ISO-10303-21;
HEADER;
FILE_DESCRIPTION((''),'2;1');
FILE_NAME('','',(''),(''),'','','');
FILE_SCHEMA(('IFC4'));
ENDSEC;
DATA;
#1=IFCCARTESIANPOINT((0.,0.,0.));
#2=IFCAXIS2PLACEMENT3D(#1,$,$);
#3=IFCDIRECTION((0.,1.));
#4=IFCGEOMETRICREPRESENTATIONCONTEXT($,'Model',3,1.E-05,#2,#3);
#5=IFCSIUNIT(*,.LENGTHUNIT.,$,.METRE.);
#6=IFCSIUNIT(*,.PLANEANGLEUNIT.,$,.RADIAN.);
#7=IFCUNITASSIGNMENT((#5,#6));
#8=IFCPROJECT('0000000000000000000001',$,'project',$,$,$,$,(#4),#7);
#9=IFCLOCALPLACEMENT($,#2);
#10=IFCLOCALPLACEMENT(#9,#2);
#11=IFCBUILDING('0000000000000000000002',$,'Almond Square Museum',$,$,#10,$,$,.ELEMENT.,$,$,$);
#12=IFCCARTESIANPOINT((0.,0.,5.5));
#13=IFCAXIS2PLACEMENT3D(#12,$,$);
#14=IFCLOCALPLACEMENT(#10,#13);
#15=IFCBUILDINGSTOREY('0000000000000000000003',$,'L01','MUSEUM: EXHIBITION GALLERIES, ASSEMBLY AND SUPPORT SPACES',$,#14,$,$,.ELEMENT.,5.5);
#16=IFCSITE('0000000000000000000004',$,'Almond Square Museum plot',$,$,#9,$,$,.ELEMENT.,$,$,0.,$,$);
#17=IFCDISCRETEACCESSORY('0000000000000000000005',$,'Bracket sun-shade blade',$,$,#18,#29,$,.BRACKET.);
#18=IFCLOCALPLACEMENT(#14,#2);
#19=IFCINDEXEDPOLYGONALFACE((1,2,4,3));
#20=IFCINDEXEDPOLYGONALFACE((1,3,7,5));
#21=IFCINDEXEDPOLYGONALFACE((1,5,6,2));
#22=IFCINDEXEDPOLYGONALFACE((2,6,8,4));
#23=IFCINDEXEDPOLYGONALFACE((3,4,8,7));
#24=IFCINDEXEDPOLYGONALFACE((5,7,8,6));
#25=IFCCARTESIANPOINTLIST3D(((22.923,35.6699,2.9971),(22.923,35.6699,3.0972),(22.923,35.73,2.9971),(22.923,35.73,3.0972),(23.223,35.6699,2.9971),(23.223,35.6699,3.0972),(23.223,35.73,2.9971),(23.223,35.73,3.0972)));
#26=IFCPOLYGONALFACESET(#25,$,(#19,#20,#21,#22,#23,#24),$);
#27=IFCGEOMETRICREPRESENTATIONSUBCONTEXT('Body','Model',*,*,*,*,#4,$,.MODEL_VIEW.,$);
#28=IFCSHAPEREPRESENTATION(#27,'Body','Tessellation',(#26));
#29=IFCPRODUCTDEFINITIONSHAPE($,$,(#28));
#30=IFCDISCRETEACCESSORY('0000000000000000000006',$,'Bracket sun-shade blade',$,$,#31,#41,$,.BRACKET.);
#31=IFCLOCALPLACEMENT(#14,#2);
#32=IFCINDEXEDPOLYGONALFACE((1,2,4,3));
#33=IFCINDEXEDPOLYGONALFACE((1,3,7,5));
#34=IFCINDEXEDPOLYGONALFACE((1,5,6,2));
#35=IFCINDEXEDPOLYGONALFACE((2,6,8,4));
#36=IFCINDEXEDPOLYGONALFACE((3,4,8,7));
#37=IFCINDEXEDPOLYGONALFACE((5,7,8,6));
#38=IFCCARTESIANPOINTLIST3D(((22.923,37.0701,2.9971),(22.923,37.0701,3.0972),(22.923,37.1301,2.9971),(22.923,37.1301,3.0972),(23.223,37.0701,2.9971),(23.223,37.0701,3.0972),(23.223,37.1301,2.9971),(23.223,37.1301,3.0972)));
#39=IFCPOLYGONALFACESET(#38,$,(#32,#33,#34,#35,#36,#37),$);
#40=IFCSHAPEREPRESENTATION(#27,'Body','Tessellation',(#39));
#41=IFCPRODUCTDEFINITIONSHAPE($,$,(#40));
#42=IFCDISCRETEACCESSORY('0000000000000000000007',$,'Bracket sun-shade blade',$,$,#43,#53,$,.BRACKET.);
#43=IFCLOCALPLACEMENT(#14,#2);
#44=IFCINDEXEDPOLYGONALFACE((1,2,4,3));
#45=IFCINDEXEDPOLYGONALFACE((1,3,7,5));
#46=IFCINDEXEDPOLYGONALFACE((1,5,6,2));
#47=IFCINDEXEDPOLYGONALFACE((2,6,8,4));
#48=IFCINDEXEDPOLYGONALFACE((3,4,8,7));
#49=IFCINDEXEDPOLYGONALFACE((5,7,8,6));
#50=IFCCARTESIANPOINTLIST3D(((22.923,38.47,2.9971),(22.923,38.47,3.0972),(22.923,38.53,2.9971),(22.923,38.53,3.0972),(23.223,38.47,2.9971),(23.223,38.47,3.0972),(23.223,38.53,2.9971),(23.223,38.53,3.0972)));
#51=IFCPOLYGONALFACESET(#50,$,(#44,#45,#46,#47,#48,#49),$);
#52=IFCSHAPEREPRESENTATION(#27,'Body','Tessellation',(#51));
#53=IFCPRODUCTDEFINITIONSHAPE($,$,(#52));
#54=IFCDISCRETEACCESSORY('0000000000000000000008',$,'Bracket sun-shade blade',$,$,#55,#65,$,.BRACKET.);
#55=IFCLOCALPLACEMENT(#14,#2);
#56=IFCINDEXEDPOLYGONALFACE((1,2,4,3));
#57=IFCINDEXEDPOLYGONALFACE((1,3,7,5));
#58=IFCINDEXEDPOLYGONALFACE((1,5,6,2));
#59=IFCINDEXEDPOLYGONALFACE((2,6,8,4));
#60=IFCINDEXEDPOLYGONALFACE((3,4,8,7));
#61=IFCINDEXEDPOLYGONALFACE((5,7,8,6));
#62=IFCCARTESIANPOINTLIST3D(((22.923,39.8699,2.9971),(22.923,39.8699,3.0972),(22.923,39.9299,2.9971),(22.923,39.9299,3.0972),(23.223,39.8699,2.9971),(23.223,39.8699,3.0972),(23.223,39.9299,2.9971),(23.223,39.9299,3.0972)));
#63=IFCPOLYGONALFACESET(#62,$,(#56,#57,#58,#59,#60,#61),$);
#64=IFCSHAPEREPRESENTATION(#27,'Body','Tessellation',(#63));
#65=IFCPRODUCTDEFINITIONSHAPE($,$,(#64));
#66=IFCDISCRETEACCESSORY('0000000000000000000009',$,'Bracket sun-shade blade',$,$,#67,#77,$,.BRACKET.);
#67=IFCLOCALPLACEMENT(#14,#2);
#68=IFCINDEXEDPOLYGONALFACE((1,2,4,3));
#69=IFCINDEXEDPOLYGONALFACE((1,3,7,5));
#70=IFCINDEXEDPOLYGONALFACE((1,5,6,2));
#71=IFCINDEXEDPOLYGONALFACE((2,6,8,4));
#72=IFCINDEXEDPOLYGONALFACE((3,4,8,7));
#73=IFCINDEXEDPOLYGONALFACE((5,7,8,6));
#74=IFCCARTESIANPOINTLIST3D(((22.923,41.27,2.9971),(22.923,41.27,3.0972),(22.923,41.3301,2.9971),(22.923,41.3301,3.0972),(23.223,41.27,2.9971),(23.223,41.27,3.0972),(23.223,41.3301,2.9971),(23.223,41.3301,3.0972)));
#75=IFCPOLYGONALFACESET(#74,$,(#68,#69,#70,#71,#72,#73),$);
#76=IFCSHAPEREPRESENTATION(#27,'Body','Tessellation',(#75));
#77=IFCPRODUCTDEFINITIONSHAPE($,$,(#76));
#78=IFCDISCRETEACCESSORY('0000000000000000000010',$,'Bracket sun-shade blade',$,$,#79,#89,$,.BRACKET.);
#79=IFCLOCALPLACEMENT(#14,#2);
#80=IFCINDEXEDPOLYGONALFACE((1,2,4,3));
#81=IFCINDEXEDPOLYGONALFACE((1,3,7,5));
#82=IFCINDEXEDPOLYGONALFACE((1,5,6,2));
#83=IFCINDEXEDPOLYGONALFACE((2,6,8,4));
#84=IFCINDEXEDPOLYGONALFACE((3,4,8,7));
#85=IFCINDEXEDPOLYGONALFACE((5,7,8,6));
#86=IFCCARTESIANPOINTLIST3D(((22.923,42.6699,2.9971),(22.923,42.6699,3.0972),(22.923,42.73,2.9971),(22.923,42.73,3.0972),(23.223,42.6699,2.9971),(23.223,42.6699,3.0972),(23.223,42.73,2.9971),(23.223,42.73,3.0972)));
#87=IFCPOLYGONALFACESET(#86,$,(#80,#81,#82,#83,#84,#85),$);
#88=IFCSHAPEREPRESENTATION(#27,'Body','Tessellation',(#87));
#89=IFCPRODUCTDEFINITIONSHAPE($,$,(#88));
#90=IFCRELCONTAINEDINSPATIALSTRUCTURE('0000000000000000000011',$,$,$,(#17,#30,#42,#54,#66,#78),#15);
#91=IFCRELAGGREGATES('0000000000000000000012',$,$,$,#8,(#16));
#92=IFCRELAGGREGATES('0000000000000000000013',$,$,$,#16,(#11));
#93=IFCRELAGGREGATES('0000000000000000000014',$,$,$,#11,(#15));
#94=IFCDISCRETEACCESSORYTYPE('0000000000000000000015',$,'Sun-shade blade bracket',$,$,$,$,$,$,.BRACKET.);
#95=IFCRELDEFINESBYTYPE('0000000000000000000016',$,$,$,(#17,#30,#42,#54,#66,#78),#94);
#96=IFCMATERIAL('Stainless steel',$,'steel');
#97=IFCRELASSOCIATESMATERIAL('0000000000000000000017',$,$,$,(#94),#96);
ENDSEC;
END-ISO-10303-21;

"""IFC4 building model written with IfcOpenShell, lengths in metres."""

from ifc_helpers import new_model, si_unit, direction, frame, origin, origin_2d, place, context, subcontext, project, spatial, rectangle, extrude, material, type_object, element, save


model = new_model("IFC4")

# Units and contexts
model_context = context("Model", 3, precision=1e-05, world=origin(), true_north=direction((0.0, 1.0)))
body_context = subcontext(model_context, "Body", "Model", "MODEL_VIEW")
ifc_project = project(units=[si_unit("LENGTHUNIT", "METRE"), si_unit("PLANEANGLEUNIT", "RADIAN")], contexts=[model_context])

# Site, building, storey
site_placement = place(None, origin())
site = spatial("IfcSite", under=ifc_project, at=site_placement, Name="Almond Square Museum plot", CompositionType="ELEMENT", RefElevation=0.0)
building_placement = place(site_placement, origin())
building = spatial("IfcBuilding", under=site, at=building_placement, Name="Almond Square Museum", CompositionType="ELEMENT")
storey_placement = place(building_placement, frame((0.0, 0.0, 5.5)))
storey = spatial("IfcBuildingStorey", under=building, at=storey_placement, Name="L01", Description="MUSEUM: EXHIBITION GALLERIES, ASSEMBLY AND SUPPORT SPACES", CompositionType="ELEMENT", Elevation=5.5)

# Discrete accessories
ifc_material_1 = material(Name="Stainless steel", Category="steel")
discrete_accessory_type = type_object("IfcDiscreteAccessoryType", Name="Sun-shade blade bracket", PredefinedType="BRACKET", material=ifc_material_1)
for number, where, z_axis, x_axis, name in (
    (1, (23.073, 35.7, 2.9971), (0.0, 0.0, 1.0), (1.0, 0.0, 0.0), "Bracket sun-shade blade"),
    (2, (23.073, 37.1001, 2.9971), (0.0, 0.0, 1.0), (1.0, 0.0, 0.0), "Bracket sun-shade blade"),
    (3, (23.073, 38.5, 2.9971), (0.0, 0.0, 1.0), (1.0, 0.0, 0.0), "Bracket sun-shade blade"),
    (4, (23.073, 39.8999, 2.9971), (0.0, 0.0, 1.0), (1.0, 0.0, 0.0), "Bracket sun-shade blade"),
    (5, (23.073, 41.3, 2.9971), (0.0, 0.0, 1.0), (1.0, 0.0, 0.0), "Bracket sun-shade blade"),
    (6, (23.073, 42.7, 2.9971), (0.0, 0.0, 1.0), (1.0, 0.0, 0.0), "Bracket sun-shade blade"),
):
    element("IfcDiscreteAccessory", number, at=place(storey_placement, frame(where, z_axis=z_axis, x_axis=x_axis)), inside=storey, type_object=discrete_accessory_type, Name=name, PredefinedType="BRACKET", context=body_context, shape_type="SweptSolid", body=[
        extrude(rectangle(XDim=0.3, YDim=0.0601, at=origin_2d()), origin(), (0.0, 0.0, 1.0), 0.1001),
    ])

save(model, "model.ifc")
